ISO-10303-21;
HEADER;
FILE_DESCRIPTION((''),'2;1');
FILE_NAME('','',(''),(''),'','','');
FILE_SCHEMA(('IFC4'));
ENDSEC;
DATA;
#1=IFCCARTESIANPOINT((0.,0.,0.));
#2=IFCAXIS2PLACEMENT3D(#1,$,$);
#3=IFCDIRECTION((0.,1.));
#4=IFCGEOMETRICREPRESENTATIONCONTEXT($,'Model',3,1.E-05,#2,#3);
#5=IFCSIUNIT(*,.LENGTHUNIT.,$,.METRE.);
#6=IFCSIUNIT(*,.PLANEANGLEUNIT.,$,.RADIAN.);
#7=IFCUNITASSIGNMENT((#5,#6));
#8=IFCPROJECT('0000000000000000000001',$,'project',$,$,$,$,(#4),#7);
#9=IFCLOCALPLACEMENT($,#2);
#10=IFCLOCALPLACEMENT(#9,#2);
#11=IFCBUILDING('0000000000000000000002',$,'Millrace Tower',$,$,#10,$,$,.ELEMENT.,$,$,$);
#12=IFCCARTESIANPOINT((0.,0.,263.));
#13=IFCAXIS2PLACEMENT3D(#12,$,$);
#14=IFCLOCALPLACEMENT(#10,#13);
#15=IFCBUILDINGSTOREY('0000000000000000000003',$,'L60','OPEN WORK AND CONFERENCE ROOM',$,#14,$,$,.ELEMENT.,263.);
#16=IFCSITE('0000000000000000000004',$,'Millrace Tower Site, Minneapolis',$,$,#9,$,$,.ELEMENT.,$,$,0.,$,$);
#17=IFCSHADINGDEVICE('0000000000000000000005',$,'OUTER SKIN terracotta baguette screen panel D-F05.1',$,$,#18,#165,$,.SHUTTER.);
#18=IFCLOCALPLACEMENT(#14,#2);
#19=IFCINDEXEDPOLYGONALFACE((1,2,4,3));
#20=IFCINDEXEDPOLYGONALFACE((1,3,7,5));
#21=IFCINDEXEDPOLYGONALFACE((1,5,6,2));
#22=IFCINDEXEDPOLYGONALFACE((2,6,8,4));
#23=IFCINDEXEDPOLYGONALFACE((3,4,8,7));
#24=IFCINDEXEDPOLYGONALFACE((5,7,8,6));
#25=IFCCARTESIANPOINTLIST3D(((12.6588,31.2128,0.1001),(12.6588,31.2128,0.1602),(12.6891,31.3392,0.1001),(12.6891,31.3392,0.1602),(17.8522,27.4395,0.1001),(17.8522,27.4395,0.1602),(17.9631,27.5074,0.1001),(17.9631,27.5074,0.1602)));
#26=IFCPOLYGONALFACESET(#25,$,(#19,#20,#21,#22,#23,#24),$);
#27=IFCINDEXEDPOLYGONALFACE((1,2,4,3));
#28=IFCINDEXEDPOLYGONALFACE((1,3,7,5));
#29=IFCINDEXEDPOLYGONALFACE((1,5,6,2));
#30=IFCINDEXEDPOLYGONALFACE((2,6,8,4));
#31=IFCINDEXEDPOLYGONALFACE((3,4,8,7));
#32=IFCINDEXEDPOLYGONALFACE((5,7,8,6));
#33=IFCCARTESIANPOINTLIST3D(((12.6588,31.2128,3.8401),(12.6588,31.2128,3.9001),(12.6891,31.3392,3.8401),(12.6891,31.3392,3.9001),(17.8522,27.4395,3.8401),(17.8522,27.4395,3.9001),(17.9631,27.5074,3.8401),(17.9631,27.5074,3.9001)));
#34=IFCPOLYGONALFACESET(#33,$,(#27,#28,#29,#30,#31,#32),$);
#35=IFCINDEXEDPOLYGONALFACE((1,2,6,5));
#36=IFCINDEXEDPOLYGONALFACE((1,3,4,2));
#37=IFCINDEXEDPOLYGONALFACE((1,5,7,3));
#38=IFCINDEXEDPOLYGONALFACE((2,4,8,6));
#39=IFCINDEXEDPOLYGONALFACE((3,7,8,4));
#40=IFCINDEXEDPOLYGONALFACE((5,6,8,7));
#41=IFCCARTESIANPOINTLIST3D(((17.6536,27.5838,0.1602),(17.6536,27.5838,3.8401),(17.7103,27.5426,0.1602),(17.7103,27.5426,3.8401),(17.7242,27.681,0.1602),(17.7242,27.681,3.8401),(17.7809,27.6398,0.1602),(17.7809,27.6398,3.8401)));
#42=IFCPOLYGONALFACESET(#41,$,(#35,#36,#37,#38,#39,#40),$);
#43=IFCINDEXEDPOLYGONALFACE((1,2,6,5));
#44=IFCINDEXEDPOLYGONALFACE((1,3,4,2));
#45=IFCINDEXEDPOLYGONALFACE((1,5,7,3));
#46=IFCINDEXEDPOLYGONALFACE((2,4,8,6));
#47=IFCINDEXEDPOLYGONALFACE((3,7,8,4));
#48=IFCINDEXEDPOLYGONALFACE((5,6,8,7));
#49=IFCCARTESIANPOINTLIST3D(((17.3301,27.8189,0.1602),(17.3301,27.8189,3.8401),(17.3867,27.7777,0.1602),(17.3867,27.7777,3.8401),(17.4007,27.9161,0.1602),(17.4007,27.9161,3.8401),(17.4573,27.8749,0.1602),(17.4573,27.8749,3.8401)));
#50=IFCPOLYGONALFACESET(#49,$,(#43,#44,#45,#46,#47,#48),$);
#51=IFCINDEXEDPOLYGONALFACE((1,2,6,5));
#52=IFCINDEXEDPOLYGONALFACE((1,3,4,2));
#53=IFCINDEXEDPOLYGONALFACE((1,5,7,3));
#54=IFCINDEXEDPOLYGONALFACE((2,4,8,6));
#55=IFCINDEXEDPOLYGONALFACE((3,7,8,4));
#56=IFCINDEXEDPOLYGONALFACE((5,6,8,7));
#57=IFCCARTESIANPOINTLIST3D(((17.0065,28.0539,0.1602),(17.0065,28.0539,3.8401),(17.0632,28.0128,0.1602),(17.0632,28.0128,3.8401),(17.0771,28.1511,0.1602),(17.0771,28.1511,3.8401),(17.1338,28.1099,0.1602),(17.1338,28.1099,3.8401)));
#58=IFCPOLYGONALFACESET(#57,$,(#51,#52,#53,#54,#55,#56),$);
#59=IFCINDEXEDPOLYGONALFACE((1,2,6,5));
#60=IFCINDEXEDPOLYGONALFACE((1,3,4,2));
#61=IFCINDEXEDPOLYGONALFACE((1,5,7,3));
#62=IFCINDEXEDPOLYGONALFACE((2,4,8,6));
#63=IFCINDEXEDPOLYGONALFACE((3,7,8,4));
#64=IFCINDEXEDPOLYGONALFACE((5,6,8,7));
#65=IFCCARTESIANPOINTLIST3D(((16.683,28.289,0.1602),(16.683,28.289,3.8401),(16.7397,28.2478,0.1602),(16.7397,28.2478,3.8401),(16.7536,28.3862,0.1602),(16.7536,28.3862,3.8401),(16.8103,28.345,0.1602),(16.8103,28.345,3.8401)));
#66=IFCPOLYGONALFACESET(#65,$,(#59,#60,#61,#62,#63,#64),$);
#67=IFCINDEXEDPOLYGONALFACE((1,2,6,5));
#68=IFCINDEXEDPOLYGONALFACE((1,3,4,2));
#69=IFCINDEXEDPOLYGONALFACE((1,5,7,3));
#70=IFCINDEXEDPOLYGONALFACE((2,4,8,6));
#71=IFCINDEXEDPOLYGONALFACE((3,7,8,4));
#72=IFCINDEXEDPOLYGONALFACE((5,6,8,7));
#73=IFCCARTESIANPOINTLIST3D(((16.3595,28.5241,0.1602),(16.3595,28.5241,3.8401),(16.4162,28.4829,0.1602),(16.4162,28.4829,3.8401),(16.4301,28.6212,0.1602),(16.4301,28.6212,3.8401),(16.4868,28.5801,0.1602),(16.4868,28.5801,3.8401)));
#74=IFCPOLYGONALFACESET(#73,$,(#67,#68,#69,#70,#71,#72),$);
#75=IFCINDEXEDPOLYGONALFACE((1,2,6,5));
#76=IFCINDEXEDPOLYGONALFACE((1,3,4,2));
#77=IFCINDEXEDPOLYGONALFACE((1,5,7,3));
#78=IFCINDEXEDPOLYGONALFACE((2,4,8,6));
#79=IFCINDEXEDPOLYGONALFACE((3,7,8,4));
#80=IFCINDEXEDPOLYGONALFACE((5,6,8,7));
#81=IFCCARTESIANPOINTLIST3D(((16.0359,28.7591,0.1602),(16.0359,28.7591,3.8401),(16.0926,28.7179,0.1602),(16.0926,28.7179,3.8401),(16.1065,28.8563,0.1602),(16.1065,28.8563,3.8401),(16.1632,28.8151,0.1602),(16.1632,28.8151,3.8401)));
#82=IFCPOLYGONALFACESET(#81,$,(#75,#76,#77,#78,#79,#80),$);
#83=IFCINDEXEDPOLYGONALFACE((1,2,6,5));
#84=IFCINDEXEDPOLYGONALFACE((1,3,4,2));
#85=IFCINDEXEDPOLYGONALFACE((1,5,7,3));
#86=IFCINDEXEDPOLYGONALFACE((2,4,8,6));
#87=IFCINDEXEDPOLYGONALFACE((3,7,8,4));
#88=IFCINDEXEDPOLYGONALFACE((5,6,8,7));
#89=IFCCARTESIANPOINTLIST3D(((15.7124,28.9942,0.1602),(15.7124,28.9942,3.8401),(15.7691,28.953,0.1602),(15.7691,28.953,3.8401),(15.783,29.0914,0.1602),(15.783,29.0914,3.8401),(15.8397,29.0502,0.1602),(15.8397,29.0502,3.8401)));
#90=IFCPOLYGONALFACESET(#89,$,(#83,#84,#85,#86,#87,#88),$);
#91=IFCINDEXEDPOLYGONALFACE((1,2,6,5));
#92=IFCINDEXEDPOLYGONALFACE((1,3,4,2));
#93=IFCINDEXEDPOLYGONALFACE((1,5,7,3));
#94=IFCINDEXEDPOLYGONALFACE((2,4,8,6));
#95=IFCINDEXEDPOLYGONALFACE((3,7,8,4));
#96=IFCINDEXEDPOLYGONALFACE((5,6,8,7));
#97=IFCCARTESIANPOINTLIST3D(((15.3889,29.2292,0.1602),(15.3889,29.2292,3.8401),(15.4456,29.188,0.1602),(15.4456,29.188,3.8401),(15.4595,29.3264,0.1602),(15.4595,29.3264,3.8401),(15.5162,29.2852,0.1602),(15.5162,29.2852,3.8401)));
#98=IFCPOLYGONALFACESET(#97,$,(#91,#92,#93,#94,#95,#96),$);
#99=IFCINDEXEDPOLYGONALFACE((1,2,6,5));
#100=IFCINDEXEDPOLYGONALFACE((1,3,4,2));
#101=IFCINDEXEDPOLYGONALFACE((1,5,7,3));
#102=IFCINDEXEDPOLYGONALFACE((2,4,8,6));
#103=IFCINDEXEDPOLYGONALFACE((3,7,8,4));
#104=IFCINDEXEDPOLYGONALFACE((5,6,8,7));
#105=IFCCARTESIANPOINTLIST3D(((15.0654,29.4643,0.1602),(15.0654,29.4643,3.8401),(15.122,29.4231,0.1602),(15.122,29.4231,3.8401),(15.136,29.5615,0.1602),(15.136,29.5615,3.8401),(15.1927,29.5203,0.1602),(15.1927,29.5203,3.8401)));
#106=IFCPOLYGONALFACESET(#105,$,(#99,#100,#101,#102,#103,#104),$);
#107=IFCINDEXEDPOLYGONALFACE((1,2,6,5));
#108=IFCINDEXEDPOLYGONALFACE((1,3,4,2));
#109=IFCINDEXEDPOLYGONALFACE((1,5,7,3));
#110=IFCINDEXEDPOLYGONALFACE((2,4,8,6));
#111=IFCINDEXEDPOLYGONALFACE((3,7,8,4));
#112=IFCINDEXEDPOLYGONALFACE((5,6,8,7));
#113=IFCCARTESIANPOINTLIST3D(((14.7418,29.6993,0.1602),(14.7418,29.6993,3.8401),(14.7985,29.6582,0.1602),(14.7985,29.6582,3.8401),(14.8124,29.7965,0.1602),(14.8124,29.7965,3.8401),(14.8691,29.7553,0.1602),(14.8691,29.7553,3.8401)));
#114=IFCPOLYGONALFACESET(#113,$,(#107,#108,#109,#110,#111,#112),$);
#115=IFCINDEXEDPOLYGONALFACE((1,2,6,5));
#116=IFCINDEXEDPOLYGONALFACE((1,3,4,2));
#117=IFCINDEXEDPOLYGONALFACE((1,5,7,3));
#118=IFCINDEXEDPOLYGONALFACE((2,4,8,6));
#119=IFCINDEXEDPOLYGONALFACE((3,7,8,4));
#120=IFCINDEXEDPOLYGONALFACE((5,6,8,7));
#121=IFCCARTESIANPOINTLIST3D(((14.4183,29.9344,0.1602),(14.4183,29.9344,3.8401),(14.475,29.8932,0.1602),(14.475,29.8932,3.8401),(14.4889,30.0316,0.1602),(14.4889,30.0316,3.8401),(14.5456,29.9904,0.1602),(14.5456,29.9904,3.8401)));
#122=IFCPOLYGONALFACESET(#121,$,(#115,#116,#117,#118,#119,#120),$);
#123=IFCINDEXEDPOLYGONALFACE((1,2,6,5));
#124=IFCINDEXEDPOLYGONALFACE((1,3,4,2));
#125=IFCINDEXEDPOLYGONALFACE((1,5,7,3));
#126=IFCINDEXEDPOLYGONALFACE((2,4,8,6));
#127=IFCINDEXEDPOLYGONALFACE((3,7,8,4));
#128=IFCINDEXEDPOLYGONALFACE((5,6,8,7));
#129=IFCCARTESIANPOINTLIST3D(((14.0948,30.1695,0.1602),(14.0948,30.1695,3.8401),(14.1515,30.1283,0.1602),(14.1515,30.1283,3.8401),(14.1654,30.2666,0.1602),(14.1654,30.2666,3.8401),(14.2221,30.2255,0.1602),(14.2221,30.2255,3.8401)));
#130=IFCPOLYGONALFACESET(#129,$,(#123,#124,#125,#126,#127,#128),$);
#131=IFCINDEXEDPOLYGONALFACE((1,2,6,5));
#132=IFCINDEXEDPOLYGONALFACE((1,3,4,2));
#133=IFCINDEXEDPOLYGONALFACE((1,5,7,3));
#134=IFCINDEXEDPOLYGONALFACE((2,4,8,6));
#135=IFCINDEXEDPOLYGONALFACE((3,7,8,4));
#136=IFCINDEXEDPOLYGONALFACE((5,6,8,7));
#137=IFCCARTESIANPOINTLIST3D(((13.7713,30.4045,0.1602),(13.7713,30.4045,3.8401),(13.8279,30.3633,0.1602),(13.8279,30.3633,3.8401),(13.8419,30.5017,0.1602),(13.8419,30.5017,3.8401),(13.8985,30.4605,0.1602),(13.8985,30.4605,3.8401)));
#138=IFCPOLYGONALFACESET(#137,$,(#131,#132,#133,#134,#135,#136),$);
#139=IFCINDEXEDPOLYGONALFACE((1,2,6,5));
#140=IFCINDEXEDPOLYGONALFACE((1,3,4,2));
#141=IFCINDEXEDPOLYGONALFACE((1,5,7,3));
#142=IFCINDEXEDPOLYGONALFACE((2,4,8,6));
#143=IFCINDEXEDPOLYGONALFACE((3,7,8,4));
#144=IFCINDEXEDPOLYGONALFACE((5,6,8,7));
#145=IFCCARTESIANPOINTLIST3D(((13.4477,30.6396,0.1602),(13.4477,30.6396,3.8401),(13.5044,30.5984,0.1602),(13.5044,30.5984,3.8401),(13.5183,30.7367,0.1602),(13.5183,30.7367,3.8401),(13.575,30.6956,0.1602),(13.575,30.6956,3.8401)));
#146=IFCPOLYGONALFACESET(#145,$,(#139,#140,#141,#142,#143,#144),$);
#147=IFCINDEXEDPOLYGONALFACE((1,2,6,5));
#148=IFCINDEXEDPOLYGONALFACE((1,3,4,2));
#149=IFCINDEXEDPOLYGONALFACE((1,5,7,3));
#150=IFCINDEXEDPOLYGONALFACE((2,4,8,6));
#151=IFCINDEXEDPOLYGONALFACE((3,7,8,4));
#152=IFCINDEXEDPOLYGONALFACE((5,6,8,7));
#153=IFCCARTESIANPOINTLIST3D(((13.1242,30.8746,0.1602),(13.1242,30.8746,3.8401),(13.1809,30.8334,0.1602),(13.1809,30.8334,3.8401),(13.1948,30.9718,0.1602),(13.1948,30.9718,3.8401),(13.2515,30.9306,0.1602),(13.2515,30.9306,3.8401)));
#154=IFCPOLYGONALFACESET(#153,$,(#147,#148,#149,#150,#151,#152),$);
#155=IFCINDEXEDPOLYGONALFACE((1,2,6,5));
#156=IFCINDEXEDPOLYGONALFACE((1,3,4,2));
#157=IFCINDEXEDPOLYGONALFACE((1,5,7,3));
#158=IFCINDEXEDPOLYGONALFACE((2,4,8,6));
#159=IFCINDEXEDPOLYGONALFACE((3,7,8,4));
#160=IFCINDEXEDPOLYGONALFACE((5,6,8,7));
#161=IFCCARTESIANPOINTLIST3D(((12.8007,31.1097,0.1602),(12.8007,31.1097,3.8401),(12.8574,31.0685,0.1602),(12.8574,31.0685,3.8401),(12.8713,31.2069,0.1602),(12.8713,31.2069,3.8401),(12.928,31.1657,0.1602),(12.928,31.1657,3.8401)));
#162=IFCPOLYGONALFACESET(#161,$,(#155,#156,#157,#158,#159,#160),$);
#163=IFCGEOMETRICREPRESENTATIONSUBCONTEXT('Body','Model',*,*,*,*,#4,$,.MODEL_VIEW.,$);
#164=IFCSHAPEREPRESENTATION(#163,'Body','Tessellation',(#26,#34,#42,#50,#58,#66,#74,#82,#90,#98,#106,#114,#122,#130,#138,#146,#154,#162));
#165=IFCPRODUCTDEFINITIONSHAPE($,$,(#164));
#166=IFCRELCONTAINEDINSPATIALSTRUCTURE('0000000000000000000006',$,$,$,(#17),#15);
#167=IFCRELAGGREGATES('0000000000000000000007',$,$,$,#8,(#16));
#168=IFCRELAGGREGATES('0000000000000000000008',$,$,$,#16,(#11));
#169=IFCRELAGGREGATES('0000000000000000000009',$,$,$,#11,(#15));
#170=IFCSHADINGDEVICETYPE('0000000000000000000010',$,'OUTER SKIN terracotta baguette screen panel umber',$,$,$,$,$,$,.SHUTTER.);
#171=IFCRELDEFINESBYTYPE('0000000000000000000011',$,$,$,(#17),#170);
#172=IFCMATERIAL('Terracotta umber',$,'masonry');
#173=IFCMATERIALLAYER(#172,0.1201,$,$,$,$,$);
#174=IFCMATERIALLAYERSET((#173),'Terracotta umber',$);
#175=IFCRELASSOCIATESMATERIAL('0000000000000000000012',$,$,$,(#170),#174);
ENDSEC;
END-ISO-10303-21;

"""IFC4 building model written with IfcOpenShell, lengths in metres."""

from ifc_helpers import new_model, entity, si_unit, direction, frame, frame_2d, origin, place, context, subcontext, project, spatial, rectangle, extrude, source, transform, mapped, material, layer, layer_set, type_object, element, save


model = new_model("IFC4")

# Units and contexts
model_context = context("Model", 3, precision=1e-05, world=origin(), true_north=direction((0.0, 1.0)))
body_context = subcontext(model_context, "Body", "Model", "MODEL_VIEW")
ifc_project = project(units=[si_unit("LENGTHUNIT", "METRE"), si_unit("PLANEANGLEUNIT", "RADIAN")], contexts=[model_context])

# Site, building, storey
site_placement = place(None, origin())
site = spatial("IfcSite", under=ifc_project, at=site_placement, Name="Millrace Tower Site, Minneapolis", CompositionType="ELEMENT", RefElevation=0.0)
building_placement = place(site_placement, origin())
building = spatial("IfcBuilding", under=site, at=building_placement, Name="Millrace Tower", CompositionType="ELEMENT")
storey_placement = place(building_placement, frame((0.0, 0.0, 263.0)))
storey = spatial("IfcBuildingStorey", under=building, at=storey_placement, Name="L60", Description="OPEN WORK AND CONFERENCE ROOM", CompositionType="ELEMENT", Elevation=263.0)

# Shading device
ifc_material_1 = material(Name="Terracotta umber", Category="masonry")
ifc_layer_1 = layer(ifc_material_1, 0.1201)
ifc_layer_set_1 = layer_set([ifc_layer_1], Name="Terracotta umber")
shading_device_type = type_object("IfcShadingDeviceType", Name="OUTER SKIN terracotta baguette screen panel umber", PredefinedType="SHUTTER", material=ifc_layer_set_1)
cartesian_point_1 = entity("IfcCartesianPoint", [-3.2097, 0.0601])
shared_polyline_1 = entity("IfcPolyline", [cartesian_point_1, entity("IfcCartesianPoint", [3.2097, 0.0601]), entity("IfcCartesianPoint", [3.2595, -0.0601]), entity("IfcCartesianPoint", [-3.2595, -0.0601]), cartesian_point_1])
shared_shape_1 = source(origin(), body_context, "Body", "SweptSolid", [
    entity("IfcExtrudedAreaSolid", entity("IfcArbitraryClosedProfileDef", "AREA", None, shared_polyline_1), entity("IfcAxis2Placement3D", entity("IfcCartesianPoint", [0.0, 0.0, 0.0])), entity("IfcDirection", [0.0, 0.0, 1.0]), 0.0601),
    entity("IfcExtrudedAreaSolid", entity("IfcArbitraryClosedProfileDef", "AREA", None, shared_polyline_1), entity("IfcAxis2Placement3D", entity("IfcCartesianPoint", [0.0, 0.0, 3.74])), entity("IfcDirection", [0.0, 0.0, 1.0]), 0.0601),
    extrude(rectangle(XDim=0.0701, YDim=0.1201, at=frame_2d((-2.9993, 0.0))), frame((0.0, 0.0, 0.0601)), (0.0, 0.0, 1.0), 3.6799),
    extrude(rectangle(XDim=0.0701, YDim=0.1201, at=frame_2d((-2.5994, 0.0))), frame((0.0, 0.0, 0.0601)), (0.0, 0.0, 1.0), 3.6799),
    extrude(rectangle(XDim=0.0701, YDim=0.1201, at=frame_2d((-2.1995, 0.0))), frame((0.0, 0.0, 0.0601)), (0.0, 0.0, 1.0), 3.6799),
    extrude(rectangle(XDim=0.0701, YDim=0.1201, at=frame_2d((-1.7996, 0.0))), frame((0.0, 0.0, 0.0601)), (0.0, 0.0, 1.0), 3.6799),
    extrude(rectangle(XDim=0.0701, YDim=0.1201, at=frame_2d((-1.3997, 0.0))), frame((0.0, 0.0, 0.0601)), (0.0, 0.0, 1.0), 3.6799),
    extrude(rectangle(XDim=0.0701, YDim=0.1201, at=frame_2d((-0.9998, 0.0))), frame((0.0, 0.0, 0.0601)), (0.0, 0.0, 1.0), 3.6799),
    extrude(rectangle(XDim=0.0701, YDim=0.1201, at=frame_2d((-0.5999, 0.0))), frame((0.0, 0.0, 0.0601)), (0.0, 0.0, 1.0), 3.6799),
    extrude(rectangle(XDim=0.0701, YDim=0.1201, at=frame_2d((-0.2, 0.0))), frame((0.0, 0.0, 0.0601)), (0.0, 0.0, 1.0), 3.6799),
    extrude(rectangle(XDim=0.0701, YDim=0.1201, at=frame_2d((0.2, 0.0))), frame((0.0, 0.0, 0.0601)), (0.0, 0.0, 1.0), 3.6799),
    extrude(rectangle(XDim=0.0701, YDim=0.1201, at=frame_2d((0.5999, 0.0))), frame((0.0, 0.0, 0.0601)), (0.0, 0.0, 1.0), 3.6799),
    extrude(rectangle(XDim=0.0701, YDim=0.1201, at=frame_2d((0.9998, 0.0))), frame((0.0, 0.0, 0.0601)), (0.0, 0.0, 1.0), 3.6799),
    extrude(rectangle(XDim=0.0701, YDim=0.1201, at=frame_2d((1.3997, 0.0))), frame((0.0, 0.0, 0.0601)), (0.0, 0.0, 1.0), 3.6799),
    extrude(rectangle(XDim=0.0701, YDim=0.1201, at=frame_2d((1.7996, 0.0))), frame((0.0, 0.0, 0.0601)), (0.0, 0.0, 1.0), 3.6799),
    extrude(rectangle(XDim=0.0701, YDim=0.1201, at=frame_2d((2.1995, 0.0))), frame((0.0, 0.0, 0.0601)), (0.0, 0.0, 1.0), 3.6799),
    extrude(rectangle(XDim=0.0701, YDim=0.1201, at=frame_2d((2.5994, 0.0))), frame((0.0, 0.0, 0.0601)), (0.0, 0.0, 1.0), 3.6799),
    extrude(rectangle(XDim=0.0701, YDim=0.1201, at=frame_2d((2.9993, 0.0))), frame((0.0, 0.0, 0.0601)), (0.0, 0.0, 1.0), 3.6799),
])
shading_device_1_placement = place(storey_placement, frame((15.2908, 29.3748, 0.1001), z_axis=(0.0, 0.0, 1.0), x_axis=(-0.809017, 0.587785, 0.0)))
element("IfcShadingDevice", 1, at=shading_device_1_placement, inside=storey, type_object=shading_device_type, Name="OUTER SKIN terracotta baguette screen panel D-F05.1", PredefinedType="SHUTTER", context=body_context, shape_type="MappedRepresentation", body=[
    mapped(shared_shape_1, transform((0.0, 0.0, 0.0), scale=1.0)),
])

save(model, "model.ifc")
